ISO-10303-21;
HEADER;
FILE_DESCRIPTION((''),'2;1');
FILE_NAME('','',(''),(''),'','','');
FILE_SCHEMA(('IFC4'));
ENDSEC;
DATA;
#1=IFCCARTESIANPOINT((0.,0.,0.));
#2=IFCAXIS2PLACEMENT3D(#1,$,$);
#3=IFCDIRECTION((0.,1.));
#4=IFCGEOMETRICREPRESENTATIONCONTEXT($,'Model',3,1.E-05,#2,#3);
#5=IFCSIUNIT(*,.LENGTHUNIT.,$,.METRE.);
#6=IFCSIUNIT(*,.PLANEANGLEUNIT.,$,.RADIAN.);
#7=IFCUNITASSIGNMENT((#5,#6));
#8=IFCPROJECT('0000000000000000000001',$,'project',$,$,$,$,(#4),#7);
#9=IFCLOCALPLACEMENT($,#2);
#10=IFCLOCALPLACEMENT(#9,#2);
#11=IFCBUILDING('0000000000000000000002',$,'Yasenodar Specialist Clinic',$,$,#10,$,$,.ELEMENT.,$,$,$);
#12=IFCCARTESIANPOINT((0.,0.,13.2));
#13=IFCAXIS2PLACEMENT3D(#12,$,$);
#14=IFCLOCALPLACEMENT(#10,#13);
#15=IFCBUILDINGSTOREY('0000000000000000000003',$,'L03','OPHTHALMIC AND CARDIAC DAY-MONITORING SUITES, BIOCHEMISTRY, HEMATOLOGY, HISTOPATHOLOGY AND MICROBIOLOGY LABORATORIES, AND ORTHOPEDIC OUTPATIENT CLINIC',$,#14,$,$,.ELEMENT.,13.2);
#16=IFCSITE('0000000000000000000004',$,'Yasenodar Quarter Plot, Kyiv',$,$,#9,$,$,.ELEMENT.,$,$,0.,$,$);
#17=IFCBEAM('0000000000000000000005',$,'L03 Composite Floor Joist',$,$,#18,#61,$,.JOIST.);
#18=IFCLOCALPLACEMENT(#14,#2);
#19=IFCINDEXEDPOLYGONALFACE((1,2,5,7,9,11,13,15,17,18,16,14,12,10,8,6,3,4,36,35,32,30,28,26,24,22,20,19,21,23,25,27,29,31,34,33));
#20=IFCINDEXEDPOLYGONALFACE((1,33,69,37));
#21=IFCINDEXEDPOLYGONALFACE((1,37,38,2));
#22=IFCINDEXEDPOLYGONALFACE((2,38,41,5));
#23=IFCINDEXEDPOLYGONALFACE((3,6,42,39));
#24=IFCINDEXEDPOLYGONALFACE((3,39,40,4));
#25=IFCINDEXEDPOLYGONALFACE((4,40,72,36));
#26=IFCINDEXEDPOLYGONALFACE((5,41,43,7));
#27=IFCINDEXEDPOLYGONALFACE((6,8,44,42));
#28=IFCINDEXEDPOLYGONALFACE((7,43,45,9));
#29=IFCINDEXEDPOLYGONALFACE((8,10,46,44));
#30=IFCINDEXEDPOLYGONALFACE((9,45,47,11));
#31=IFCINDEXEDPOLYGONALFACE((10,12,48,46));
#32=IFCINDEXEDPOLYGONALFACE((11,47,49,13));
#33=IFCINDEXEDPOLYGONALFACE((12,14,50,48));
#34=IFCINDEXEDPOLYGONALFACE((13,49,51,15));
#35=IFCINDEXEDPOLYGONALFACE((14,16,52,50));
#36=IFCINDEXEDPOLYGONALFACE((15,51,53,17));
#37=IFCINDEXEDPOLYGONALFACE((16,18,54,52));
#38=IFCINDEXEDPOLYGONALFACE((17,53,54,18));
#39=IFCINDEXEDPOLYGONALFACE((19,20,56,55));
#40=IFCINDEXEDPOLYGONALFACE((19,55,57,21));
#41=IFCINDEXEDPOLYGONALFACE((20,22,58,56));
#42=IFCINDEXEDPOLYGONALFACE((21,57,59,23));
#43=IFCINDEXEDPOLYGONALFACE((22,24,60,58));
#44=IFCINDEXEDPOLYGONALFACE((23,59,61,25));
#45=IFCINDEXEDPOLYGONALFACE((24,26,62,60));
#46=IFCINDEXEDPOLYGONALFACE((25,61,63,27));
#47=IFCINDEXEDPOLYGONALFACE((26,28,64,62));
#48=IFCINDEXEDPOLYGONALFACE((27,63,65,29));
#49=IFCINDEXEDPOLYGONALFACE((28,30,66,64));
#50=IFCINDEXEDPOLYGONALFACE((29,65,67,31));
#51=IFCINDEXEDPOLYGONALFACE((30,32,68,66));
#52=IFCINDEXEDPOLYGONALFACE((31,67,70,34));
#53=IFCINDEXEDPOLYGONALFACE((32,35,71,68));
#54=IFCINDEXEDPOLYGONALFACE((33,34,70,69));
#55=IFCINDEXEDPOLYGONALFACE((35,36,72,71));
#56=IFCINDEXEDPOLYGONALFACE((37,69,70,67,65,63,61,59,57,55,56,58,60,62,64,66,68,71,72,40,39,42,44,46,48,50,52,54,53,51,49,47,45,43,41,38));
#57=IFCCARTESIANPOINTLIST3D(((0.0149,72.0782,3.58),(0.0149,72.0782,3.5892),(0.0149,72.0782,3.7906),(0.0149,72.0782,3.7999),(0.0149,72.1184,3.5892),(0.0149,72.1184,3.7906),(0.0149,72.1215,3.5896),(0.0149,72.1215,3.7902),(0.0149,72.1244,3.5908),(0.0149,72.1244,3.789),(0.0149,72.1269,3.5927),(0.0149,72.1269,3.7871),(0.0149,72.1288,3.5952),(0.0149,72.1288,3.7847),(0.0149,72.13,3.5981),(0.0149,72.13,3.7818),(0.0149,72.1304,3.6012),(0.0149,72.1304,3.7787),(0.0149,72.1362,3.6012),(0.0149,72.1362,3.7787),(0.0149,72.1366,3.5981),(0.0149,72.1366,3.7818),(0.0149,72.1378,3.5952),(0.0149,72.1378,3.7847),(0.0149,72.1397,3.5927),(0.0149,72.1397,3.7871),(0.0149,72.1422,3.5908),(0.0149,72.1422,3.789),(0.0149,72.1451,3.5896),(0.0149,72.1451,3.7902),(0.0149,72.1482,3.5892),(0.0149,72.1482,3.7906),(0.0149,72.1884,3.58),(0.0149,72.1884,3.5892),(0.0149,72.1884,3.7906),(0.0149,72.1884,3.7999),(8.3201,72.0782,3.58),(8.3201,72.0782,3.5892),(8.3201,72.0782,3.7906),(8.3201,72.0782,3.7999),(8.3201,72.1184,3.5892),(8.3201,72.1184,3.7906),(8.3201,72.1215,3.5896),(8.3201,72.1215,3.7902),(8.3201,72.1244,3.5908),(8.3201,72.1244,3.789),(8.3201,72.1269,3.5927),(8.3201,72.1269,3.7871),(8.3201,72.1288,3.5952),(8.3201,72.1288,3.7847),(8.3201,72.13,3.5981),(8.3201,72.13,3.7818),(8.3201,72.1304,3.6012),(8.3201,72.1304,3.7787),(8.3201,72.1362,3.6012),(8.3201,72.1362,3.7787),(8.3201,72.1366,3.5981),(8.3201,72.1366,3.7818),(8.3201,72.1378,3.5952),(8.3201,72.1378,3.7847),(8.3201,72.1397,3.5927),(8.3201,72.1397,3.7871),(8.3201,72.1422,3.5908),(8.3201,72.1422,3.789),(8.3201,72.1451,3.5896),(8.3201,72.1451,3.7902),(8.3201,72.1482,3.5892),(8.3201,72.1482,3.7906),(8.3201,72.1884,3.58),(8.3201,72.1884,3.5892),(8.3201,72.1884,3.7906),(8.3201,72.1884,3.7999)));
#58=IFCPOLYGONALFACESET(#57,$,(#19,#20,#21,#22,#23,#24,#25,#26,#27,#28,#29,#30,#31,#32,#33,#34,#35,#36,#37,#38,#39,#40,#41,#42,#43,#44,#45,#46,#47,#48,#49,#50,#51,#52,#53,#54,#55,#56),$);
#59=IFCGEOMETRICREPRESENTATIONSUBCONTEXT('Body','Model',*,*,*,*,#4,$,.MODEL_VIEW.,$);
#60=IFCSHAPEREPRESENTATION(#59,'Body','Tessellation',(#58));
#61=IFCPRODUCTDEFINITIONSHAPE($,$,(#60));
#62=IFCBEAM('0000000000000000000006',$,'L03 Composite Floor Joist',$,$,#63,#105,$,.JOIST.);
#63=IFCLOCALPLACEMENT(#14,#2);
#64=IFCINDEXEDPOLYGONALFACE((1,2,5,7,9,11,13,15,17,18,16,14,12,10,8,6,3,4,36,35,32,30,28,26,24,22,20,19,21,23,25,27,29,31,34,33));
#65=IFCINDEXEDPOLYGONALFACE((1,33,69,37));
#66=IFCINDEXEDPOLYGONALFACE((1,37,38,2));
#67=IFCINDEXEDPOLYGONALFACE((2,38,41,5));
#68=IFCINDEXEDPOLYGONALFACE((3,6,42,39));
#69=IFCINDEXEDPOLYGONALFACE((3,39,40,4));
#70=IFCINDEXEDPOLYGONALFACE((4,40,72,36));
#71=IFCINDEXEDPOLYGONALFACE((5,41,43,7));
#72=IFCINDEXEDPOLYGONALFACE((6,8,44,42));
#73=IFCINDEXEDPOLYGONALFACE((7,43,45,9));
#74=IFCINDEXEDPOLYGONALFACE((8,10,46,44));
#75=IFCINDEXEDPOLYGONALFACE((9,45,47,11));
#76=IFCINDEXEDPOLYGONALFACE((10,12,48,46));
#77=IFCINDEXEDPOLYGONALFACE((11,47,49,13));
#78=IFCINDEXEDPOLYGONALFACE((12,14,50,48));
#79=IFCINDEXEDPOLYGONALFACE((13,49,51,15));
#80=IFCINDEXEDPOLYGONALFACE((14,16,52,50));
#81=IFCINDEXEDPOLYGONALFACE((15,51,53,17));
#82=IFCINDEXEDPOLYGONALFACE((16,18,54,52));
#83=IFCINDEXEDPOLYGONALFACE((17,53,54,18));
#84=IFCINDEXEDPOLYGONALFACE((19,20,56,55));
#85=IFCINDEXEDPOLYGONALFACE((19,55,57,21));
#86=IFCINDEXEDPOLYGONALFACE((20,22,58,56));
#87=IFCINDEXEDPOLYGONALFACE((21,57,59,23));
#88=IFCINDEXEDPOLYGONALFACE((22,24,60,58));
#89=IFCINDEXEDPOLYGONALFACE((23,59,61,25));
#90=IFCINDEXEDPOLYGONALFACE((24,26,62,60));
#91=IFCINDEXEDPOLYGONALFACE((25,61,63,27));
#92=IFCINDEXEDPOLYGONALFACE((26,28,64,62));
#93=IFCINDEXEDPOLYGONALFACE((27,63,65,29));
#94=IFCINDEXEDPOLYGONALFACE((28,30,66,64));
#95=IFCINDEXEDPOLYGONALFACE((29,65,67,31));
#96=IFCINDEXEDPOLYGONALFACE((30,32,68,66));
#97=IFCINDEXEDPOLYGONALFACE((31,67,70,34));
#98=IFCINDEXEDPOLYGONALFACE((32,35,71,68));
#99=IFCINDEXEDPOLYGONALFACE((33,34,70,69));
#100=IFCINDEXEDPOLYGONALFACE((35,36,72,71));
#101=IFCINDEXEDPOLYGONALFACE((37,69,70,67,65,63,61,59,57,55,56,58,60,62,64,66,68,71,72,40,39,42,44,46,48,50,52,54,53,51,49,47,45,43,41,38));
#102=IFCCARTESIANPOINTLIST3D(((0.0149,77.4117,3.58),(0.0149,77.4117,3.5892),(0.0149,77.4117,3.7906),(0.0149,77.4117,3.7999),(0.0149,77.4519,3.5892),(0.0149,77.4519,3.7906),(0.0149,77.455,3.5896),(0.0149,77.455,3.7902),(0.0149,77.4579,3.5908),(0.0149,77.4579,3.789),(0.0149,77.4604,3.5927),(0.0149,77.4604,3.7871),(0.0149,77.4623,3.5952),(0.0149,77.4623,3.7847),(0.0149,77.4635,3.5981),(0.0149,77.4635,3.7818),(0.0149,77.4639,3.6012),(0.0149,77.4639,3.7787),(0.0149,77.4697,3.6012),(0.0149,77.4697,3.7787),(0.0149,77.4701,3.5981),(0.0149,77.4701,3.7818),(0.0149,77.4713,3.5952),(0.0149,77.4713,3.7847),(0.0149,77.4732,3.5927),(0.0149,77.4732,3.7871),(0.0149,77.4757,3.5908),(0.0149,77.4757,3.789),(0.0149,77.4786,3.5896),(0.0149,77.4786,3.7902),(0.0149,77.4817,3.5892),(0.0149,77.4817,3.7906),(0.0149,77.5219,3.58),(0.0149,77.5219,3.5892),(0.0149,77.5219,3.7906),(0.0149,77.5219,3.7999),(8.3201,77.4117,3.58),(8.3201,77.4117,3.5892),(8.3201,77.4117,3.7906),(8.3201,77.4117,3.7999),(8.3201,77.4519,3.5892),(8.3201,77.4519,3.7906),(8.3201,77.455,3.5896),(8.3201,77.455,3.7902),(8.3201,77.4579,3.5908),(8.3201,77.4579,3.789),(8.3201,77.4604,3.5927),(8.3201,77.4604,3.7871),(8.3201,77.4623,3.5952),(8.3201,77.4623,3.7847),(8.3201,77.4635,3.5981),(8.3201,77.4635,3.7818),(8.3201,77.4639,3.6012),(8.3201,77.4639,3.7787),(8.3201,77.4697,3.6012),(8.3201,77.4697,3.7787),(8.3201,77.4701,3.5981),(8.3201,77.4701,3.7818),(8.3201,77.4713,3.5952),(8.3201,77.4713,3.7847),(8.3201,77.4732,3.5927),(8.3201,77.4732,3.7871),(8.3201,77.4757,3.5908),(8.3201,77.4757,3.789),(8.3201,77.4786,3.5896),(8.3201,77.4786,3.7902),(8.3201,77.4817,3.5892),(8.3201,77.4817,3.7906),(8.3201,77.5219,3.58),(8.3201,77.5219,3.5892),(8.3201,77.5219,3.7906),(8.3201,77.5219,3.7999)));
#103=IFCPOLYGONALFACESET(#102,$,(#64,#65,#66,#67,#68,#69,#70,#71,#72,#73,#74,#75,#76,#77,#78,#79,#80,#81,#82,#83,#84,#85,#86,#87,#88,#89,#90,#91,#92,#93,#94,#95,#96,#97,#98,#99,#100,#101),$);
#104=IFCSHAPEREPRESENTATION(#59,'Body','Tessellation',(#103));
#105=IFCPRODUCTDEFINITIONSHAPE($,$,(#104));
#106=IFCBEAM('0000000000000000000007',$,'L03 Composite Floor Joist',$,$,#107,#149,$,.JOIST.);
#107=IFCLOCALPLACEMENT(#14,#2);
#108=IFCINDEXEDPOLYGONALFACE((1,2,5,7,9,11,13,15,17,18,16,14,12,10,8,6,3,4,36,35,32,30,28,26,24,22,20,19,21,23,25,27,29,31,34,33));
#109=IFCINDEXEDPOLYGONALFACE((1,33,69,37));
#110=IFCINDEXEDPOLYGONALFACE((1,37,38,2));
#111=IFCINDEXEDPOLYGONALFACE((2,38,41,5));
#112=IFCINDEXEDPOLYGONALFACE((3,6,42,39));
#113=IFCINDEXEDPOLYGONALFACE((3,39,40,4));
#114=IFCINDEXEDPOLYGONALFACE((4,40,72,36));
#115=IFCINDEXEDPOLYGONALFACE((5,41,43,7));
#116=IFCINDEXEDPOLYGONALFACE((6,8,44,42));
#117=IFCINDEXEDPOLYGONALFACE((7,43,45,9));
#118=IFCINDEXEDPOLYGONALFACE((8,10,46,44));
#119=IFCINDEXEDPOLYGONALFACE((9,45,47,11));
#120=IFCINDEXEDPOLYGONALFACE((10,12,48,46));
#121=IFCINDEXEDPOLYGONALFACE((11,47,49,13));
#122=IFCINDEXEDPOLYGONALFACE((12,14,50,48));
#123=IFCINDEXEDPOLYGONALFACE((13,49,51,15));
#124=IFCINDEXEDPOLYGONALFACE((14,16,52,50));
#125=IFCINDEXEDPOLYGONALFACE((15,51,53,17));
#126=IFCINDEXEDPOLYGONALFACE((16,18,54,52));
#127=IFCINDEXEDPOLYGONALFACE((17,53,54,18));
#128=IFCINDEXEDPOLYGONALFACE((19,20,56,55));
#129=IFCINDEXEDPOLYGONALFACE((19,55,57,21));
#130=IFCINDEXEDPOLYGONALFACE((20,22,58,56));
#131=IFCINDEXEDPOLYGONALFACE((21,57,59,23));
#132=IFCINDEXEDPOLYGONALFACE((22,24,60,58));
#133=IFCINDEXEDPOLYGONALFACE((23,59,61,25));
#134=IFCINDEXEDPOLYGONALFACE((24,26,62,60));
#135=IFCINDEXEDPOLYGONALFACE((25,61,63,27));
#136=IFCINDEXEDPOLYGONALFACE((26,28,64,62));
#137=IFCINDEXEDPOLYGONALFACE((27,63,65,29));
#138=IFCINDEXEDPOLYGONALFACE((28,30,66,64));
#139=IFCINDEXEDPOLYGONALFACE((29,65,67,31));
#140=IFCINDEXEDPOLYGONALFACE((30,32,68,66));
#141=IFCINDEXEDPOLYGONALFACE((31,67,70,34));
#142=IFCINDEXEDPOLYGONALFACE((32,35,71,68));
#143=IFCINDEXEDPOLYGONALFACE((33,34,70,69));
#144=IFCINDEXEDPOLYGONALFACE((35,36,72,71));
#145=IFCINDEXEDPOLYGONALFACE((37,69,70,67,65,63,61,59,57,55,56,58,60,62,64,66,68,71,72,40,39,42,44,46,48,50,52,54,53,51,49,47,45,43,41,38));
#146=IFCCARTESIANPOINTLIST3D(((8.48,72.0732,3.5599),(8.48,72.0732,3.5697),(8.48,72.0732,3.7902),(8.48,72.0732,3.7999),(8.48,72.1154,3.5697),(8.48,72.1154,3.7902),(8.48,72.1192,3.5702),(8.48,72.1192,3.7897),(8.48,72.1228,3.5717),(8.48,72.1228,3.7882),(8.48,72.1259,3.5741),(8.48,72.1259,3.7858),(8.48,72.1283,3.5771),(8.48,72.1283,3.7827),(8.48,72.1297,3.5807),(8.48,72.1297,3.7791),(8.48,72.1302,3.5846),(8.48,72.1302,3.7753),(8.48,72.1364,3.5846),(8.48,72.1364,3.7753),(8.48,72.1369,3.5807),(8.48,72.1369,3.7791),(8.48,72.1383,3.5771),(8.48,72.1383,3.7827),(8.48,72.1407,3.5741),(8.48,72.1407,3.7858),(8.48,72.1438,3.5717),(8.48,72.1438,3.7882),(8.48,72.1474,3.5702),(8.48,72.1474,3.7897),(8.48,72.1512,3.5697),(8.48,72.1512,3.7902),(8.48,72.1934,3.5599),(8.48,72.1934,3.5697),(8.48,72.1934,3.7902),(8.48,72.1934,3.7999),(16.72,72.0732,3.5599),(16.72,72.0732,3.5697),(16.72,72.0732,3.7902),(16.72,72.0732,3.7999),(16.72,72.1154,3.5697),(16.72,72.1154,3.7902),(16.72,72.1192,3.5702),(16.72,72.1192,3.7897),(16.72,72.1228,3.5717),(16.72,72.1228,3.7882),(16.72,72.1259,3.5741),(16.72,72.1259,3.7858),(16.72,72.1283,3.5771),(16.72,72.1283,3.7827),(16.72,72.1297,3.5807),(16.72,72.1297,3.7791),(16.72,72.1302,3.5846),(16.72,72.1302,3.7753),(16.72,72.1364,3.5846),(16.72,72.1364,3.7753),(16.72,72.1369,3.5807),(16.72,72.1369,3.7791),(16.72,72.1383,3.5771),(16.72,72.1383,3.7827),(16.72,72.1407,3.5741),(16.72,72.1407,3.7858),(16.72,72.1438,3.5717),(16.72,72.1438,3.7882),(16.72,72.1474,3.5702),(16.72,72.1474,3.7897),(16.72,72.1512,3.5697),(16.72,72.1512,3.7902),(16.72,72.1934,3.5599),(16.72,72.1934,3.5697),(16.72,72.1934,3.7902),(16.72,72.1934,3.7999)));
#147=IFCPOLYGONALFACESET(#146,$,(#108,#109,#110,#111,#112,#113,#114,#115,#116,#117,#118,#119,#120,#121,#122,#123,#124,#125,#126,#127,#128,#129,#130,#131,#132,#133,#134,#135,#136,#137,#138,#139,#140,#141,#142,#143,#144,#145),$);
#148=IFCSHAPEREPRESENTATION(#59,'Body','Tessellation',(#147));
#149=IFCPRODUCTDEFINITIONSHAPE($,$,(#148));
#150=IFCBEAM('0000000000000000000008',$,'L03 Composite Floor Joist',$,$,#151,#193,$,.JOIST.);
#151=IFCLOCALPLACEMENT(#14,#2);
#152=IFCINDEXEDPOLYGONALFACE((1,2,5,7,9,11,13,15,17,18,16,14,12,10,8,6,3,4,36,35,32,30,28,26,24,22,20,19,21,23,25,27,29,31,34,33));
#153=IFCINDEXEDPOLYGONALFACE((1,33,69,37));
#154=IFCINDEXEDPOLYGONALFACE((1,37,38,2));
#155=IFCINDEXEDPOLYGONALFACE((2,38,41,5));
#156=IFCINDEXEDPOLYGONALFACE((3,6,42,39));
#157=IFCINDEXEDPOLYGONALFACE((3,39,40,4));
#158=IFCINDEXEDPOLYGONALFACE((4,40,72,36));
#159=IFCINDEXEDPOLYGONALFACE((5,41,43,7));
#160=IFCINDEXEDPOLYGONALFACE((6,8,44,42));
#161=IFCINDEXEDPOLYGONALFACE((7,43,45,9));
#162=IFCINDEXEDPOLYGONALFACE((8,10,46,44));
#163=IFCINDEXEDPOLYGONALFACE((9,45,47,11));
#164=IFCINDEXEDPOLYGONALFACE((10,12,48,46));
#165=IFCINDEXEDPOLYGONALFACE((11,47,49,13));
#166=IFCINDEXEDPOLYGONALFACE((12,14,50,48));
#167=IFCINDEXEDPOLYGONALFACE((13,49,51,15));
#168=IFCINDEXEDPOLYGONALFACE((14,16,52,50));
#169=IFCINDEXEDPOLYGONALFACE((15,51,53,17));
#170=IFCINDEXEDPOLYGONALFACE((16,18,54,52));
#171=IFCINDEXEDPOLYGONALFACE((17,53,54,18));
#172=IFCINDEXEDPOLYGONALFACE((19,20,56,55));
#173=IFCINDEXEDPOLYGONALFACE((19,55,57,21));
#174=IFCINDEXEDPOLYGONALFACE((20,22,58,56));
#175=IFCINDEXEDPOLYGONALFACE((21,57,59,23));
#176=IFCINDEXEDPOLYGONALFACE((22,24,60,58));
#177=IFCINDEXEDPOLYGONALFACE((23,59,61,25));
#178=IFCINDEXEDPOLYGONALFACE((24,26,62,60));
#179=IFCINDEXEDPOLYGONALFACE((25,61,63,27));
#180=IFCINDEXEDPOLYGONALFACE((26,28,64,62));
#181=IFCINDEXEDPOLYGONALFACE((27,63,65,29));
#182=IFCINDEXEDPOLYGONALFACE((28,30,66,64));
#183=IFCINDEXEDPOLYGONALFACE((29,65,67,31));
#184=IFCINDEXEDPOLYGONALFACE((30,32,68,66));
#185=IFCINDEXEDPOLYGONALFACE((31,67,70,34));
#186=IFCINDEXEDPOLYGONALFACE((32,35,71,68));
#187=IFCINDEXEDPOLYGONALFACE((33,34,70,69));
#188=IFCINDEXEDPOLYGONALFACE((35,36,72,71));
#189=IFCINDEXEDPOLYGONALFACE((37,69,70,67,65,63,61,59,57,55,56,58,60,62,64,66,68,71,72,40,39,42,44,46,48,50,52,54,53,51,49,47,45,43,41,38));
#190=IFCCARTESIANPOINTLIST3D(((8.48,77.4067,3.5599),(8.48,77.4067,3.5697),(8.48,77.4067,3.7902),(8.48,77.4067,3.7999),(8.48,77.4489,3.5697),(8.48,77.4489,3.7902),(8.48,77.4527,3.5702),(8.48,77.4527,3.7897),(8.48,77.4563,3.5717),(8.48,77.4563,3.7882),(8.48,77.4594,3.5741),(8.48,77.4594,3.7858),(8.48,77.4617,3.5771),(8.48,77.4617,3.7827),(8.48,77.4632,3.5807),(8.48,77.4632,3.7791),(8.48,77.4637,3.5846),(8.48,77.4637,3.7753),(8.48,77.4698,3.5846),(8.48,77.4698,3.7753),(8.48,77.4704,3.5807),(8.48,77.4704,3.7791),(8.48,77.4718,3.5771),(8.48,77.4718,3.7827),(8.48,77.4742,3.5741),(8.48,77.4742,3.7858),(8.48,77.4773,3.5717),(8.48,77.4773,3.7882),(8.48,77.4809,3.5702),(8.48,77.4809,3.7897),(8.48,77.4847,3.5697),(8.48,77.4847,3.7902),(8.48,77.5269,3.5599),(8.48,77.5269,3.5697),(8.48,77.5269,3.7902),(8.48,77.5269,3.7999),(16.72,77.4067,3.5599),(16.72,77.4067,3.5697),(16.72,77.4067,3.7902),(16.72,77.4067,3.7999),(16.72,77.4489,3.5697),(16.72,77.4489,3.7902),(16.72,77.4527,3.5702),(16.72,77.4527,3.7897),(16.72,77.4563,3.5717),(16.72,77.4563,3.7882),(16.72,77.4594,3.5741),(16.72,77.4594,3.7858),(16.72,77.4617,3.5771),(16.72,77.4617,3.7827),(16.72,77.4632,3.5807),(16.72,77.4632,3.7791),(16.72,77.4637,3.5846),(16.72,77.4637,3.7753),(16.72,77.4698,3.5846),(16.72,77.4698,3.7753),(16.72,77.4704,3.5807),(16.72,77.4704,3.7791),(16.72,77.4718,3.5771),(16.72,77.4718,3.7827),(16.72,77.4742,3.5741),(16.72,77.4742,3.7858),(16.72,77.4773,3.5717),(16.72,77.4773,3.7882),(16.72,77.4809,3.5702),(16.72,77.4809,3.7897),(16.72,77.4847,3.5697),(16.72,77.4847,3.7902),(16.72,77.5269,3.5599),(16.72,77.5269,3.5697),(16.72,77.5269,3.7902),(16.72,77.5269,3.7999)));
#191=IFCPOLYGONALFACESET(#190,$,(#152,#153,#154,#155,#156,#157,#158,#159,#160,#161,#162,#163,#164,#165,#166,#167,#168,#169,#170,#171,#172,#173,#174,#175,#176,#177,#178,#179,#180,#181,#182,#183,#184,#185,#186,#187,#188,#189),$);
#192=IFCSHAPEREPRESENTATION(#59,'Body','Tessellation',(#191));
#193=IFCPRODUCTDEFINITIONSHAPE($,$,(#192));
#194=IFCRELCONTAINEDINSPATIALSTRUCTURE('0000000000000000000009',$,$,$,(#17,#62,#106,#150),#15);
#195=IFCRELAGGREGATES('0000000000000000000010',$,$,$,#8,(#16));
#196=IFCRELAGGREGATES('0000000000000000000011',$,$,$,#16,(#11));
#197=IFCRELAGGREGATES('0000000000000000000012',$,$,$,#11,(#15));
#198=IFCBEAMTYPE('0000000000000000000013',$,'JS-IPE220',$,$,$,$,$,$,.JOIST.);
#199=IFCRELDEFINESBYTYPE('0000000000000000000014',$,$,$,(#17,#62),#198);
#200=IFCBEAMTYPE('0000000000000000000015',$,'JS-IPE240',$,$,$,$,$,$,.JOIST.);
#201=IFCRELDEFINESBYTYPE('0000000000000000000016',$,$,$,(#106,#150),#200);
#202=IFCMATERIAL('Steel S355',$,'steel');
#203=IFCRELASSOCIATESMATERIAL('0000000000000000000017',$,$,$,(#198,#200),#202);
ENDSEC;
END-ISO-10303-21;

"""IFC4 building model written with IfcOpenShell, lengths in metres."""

from ifc_helpers import new_model, si_unit, direction, frame, origin, origin_2d, place, context, subcontext, project, spatial, i_section, extrude, material, material_profile, profile_set, type_object, element, save


model = new_model("IFC4")

# Units and contexts
model_context = context("Model", 3, precision=1e-05, world=origin(), true_north=direction((0.0, 1.0)))
body_context = subcontext(model_context, "Body", "Model", "MODEL_VIEW")
ifc_project = project(units=[si_unit("LENGTHUNIT", "METRE"), si_unit("PLANEANGLEUNIT", "RADIAN")], contexts=[model_context])

# Site, building, storey
site_placement = place(None, origin())
site = spatial("IfcSite", under=ifc_project, at=site_placement, Name="Yasenodar Quarter Plot, Kyiv", CompositionType="ELEMENT", RefElevation=0.0)
building_placement = place(site_placement, origin())
building = spatial("IfcBuilding", under=site, at=building_placement, Name="Yasenodar Specialist Clinic", CompositionType="ELEMENT")
storey_placement = place(building_placement, frame((0.0, 0.0, 13.2)))
storey = spatial("IfcBuildingStorey", under=building, at=storey_placement, Name="L03", Description="OPHTHALMIC AND CARDIAC DAY-MONITORING SUITES, BIOCHEMISTRY, HEMATOLOGY, HISTOPATHOLOGY AND MICROBIOLOGY LABORATORIES, AND ORTHOPEDIC OUTPATIENT CLINIC", CompositionType="ELEMENT", Elevation=13.2)

# Shared definitions
ifc_material_1 = material(Name="Steel S355", Category="steel")

# Beams
ifc_material_profile_1 = material_profile(ifc_material_1, i_section(OverallWidth=0.1101, OverallDepth=0.22, WebThickness=0.0059, FlangeThickness=0.0093, FilletRadius=0.012, at=origin_2d()), Name="IPE 220")
ifc_profile_set_1 = profile_set([ifc_material_profile_1], Name="Steel S355")
beam_type_1 = type_object("IfcBeamType", Name="JS-IPE220", PredefinedType="JOIST", material=ifc_profile_set_1)
for number, where, z_axis, x_axis, name in (
    (1, (0.0149, 72.1333, 3.6899), (1.0, 0.0, 0.0), (0.0, 1.0, 0.0), "L03 Composite Floor Joist"),
    (2, (0.0149, 77.4668, 3.6899), (1.0, 0.0, 0.0), (0.0, 1.0, 0.0), "L03 Composite Floor Joist"),
):
    element("IfcBeam", number, at=place(storey_placement, frame(where, z_axis=z_axis, x_axis=x_axis)), inside=storey, type_object=beam_type_1, Name=name, PredefinedType="JOIST", context=body_context, shape_type="SweptSolid", body=[
        extrude(i_section(OverallWidth=0.1101, OverallDepth=0.22, WebThickness=0.0059, FlangeThickness=0.0093, FilletRadius=0.012, at=origin_2d()), origin(), (0.0, 0.0, 1.0), 8.3052),
    ])
ifc_material_profile_2 = material_profile(ifc_material_1, i_section(OverallWidth=0.1201, OverallDepth=0.24, WebThickness=0.0061, FlangeThickness=0.0098, FilletRadius=0.0149, at=origin_2d()), Name="IPE 240")
ifc_profile_set_2 = profile_set([ifc_material_profile_2], Name="Steel S355")
beam_type_2 = type_object("IfcBeamType", Name="JS-IPE240", PredefinedType="JOIST", material=ifc_profile_set_2)
for number, where, z_axis, x_axis, name in (
    (3, (8.48, 72.1333, 3.6799), (1.0, 0.0, 0.0), (0.0, 1.0, 0.0), "L03 Composite Floor Joist"),
    (4, (8.48, 77.4668, 3.6799), (1.0, 0.0, 0.0), (0.0, 1.0, 0.0), "L03 Composite Floor Joist"),
):
    element("IfcBeam", number, at=place(storey_placement, frame(where, z_axis=z_axis, x_axis=x_axis)), inside=storey, type_object=beam_type_2, Name=name, PredefinedType="JOIST", context=body_context, shape_type="SweptSolid", body=[
        extrude(i_section(OverallWidth=0.1201, OverallDepth=0.24, WebThickness=0.0061, FlangeThickness=0.0098, FilletRadius=0.0149, at=origin_2d()), origin(), (0.0, 0.0, 1.0), 8.24),
    ])

save(model, "model.ifc")
